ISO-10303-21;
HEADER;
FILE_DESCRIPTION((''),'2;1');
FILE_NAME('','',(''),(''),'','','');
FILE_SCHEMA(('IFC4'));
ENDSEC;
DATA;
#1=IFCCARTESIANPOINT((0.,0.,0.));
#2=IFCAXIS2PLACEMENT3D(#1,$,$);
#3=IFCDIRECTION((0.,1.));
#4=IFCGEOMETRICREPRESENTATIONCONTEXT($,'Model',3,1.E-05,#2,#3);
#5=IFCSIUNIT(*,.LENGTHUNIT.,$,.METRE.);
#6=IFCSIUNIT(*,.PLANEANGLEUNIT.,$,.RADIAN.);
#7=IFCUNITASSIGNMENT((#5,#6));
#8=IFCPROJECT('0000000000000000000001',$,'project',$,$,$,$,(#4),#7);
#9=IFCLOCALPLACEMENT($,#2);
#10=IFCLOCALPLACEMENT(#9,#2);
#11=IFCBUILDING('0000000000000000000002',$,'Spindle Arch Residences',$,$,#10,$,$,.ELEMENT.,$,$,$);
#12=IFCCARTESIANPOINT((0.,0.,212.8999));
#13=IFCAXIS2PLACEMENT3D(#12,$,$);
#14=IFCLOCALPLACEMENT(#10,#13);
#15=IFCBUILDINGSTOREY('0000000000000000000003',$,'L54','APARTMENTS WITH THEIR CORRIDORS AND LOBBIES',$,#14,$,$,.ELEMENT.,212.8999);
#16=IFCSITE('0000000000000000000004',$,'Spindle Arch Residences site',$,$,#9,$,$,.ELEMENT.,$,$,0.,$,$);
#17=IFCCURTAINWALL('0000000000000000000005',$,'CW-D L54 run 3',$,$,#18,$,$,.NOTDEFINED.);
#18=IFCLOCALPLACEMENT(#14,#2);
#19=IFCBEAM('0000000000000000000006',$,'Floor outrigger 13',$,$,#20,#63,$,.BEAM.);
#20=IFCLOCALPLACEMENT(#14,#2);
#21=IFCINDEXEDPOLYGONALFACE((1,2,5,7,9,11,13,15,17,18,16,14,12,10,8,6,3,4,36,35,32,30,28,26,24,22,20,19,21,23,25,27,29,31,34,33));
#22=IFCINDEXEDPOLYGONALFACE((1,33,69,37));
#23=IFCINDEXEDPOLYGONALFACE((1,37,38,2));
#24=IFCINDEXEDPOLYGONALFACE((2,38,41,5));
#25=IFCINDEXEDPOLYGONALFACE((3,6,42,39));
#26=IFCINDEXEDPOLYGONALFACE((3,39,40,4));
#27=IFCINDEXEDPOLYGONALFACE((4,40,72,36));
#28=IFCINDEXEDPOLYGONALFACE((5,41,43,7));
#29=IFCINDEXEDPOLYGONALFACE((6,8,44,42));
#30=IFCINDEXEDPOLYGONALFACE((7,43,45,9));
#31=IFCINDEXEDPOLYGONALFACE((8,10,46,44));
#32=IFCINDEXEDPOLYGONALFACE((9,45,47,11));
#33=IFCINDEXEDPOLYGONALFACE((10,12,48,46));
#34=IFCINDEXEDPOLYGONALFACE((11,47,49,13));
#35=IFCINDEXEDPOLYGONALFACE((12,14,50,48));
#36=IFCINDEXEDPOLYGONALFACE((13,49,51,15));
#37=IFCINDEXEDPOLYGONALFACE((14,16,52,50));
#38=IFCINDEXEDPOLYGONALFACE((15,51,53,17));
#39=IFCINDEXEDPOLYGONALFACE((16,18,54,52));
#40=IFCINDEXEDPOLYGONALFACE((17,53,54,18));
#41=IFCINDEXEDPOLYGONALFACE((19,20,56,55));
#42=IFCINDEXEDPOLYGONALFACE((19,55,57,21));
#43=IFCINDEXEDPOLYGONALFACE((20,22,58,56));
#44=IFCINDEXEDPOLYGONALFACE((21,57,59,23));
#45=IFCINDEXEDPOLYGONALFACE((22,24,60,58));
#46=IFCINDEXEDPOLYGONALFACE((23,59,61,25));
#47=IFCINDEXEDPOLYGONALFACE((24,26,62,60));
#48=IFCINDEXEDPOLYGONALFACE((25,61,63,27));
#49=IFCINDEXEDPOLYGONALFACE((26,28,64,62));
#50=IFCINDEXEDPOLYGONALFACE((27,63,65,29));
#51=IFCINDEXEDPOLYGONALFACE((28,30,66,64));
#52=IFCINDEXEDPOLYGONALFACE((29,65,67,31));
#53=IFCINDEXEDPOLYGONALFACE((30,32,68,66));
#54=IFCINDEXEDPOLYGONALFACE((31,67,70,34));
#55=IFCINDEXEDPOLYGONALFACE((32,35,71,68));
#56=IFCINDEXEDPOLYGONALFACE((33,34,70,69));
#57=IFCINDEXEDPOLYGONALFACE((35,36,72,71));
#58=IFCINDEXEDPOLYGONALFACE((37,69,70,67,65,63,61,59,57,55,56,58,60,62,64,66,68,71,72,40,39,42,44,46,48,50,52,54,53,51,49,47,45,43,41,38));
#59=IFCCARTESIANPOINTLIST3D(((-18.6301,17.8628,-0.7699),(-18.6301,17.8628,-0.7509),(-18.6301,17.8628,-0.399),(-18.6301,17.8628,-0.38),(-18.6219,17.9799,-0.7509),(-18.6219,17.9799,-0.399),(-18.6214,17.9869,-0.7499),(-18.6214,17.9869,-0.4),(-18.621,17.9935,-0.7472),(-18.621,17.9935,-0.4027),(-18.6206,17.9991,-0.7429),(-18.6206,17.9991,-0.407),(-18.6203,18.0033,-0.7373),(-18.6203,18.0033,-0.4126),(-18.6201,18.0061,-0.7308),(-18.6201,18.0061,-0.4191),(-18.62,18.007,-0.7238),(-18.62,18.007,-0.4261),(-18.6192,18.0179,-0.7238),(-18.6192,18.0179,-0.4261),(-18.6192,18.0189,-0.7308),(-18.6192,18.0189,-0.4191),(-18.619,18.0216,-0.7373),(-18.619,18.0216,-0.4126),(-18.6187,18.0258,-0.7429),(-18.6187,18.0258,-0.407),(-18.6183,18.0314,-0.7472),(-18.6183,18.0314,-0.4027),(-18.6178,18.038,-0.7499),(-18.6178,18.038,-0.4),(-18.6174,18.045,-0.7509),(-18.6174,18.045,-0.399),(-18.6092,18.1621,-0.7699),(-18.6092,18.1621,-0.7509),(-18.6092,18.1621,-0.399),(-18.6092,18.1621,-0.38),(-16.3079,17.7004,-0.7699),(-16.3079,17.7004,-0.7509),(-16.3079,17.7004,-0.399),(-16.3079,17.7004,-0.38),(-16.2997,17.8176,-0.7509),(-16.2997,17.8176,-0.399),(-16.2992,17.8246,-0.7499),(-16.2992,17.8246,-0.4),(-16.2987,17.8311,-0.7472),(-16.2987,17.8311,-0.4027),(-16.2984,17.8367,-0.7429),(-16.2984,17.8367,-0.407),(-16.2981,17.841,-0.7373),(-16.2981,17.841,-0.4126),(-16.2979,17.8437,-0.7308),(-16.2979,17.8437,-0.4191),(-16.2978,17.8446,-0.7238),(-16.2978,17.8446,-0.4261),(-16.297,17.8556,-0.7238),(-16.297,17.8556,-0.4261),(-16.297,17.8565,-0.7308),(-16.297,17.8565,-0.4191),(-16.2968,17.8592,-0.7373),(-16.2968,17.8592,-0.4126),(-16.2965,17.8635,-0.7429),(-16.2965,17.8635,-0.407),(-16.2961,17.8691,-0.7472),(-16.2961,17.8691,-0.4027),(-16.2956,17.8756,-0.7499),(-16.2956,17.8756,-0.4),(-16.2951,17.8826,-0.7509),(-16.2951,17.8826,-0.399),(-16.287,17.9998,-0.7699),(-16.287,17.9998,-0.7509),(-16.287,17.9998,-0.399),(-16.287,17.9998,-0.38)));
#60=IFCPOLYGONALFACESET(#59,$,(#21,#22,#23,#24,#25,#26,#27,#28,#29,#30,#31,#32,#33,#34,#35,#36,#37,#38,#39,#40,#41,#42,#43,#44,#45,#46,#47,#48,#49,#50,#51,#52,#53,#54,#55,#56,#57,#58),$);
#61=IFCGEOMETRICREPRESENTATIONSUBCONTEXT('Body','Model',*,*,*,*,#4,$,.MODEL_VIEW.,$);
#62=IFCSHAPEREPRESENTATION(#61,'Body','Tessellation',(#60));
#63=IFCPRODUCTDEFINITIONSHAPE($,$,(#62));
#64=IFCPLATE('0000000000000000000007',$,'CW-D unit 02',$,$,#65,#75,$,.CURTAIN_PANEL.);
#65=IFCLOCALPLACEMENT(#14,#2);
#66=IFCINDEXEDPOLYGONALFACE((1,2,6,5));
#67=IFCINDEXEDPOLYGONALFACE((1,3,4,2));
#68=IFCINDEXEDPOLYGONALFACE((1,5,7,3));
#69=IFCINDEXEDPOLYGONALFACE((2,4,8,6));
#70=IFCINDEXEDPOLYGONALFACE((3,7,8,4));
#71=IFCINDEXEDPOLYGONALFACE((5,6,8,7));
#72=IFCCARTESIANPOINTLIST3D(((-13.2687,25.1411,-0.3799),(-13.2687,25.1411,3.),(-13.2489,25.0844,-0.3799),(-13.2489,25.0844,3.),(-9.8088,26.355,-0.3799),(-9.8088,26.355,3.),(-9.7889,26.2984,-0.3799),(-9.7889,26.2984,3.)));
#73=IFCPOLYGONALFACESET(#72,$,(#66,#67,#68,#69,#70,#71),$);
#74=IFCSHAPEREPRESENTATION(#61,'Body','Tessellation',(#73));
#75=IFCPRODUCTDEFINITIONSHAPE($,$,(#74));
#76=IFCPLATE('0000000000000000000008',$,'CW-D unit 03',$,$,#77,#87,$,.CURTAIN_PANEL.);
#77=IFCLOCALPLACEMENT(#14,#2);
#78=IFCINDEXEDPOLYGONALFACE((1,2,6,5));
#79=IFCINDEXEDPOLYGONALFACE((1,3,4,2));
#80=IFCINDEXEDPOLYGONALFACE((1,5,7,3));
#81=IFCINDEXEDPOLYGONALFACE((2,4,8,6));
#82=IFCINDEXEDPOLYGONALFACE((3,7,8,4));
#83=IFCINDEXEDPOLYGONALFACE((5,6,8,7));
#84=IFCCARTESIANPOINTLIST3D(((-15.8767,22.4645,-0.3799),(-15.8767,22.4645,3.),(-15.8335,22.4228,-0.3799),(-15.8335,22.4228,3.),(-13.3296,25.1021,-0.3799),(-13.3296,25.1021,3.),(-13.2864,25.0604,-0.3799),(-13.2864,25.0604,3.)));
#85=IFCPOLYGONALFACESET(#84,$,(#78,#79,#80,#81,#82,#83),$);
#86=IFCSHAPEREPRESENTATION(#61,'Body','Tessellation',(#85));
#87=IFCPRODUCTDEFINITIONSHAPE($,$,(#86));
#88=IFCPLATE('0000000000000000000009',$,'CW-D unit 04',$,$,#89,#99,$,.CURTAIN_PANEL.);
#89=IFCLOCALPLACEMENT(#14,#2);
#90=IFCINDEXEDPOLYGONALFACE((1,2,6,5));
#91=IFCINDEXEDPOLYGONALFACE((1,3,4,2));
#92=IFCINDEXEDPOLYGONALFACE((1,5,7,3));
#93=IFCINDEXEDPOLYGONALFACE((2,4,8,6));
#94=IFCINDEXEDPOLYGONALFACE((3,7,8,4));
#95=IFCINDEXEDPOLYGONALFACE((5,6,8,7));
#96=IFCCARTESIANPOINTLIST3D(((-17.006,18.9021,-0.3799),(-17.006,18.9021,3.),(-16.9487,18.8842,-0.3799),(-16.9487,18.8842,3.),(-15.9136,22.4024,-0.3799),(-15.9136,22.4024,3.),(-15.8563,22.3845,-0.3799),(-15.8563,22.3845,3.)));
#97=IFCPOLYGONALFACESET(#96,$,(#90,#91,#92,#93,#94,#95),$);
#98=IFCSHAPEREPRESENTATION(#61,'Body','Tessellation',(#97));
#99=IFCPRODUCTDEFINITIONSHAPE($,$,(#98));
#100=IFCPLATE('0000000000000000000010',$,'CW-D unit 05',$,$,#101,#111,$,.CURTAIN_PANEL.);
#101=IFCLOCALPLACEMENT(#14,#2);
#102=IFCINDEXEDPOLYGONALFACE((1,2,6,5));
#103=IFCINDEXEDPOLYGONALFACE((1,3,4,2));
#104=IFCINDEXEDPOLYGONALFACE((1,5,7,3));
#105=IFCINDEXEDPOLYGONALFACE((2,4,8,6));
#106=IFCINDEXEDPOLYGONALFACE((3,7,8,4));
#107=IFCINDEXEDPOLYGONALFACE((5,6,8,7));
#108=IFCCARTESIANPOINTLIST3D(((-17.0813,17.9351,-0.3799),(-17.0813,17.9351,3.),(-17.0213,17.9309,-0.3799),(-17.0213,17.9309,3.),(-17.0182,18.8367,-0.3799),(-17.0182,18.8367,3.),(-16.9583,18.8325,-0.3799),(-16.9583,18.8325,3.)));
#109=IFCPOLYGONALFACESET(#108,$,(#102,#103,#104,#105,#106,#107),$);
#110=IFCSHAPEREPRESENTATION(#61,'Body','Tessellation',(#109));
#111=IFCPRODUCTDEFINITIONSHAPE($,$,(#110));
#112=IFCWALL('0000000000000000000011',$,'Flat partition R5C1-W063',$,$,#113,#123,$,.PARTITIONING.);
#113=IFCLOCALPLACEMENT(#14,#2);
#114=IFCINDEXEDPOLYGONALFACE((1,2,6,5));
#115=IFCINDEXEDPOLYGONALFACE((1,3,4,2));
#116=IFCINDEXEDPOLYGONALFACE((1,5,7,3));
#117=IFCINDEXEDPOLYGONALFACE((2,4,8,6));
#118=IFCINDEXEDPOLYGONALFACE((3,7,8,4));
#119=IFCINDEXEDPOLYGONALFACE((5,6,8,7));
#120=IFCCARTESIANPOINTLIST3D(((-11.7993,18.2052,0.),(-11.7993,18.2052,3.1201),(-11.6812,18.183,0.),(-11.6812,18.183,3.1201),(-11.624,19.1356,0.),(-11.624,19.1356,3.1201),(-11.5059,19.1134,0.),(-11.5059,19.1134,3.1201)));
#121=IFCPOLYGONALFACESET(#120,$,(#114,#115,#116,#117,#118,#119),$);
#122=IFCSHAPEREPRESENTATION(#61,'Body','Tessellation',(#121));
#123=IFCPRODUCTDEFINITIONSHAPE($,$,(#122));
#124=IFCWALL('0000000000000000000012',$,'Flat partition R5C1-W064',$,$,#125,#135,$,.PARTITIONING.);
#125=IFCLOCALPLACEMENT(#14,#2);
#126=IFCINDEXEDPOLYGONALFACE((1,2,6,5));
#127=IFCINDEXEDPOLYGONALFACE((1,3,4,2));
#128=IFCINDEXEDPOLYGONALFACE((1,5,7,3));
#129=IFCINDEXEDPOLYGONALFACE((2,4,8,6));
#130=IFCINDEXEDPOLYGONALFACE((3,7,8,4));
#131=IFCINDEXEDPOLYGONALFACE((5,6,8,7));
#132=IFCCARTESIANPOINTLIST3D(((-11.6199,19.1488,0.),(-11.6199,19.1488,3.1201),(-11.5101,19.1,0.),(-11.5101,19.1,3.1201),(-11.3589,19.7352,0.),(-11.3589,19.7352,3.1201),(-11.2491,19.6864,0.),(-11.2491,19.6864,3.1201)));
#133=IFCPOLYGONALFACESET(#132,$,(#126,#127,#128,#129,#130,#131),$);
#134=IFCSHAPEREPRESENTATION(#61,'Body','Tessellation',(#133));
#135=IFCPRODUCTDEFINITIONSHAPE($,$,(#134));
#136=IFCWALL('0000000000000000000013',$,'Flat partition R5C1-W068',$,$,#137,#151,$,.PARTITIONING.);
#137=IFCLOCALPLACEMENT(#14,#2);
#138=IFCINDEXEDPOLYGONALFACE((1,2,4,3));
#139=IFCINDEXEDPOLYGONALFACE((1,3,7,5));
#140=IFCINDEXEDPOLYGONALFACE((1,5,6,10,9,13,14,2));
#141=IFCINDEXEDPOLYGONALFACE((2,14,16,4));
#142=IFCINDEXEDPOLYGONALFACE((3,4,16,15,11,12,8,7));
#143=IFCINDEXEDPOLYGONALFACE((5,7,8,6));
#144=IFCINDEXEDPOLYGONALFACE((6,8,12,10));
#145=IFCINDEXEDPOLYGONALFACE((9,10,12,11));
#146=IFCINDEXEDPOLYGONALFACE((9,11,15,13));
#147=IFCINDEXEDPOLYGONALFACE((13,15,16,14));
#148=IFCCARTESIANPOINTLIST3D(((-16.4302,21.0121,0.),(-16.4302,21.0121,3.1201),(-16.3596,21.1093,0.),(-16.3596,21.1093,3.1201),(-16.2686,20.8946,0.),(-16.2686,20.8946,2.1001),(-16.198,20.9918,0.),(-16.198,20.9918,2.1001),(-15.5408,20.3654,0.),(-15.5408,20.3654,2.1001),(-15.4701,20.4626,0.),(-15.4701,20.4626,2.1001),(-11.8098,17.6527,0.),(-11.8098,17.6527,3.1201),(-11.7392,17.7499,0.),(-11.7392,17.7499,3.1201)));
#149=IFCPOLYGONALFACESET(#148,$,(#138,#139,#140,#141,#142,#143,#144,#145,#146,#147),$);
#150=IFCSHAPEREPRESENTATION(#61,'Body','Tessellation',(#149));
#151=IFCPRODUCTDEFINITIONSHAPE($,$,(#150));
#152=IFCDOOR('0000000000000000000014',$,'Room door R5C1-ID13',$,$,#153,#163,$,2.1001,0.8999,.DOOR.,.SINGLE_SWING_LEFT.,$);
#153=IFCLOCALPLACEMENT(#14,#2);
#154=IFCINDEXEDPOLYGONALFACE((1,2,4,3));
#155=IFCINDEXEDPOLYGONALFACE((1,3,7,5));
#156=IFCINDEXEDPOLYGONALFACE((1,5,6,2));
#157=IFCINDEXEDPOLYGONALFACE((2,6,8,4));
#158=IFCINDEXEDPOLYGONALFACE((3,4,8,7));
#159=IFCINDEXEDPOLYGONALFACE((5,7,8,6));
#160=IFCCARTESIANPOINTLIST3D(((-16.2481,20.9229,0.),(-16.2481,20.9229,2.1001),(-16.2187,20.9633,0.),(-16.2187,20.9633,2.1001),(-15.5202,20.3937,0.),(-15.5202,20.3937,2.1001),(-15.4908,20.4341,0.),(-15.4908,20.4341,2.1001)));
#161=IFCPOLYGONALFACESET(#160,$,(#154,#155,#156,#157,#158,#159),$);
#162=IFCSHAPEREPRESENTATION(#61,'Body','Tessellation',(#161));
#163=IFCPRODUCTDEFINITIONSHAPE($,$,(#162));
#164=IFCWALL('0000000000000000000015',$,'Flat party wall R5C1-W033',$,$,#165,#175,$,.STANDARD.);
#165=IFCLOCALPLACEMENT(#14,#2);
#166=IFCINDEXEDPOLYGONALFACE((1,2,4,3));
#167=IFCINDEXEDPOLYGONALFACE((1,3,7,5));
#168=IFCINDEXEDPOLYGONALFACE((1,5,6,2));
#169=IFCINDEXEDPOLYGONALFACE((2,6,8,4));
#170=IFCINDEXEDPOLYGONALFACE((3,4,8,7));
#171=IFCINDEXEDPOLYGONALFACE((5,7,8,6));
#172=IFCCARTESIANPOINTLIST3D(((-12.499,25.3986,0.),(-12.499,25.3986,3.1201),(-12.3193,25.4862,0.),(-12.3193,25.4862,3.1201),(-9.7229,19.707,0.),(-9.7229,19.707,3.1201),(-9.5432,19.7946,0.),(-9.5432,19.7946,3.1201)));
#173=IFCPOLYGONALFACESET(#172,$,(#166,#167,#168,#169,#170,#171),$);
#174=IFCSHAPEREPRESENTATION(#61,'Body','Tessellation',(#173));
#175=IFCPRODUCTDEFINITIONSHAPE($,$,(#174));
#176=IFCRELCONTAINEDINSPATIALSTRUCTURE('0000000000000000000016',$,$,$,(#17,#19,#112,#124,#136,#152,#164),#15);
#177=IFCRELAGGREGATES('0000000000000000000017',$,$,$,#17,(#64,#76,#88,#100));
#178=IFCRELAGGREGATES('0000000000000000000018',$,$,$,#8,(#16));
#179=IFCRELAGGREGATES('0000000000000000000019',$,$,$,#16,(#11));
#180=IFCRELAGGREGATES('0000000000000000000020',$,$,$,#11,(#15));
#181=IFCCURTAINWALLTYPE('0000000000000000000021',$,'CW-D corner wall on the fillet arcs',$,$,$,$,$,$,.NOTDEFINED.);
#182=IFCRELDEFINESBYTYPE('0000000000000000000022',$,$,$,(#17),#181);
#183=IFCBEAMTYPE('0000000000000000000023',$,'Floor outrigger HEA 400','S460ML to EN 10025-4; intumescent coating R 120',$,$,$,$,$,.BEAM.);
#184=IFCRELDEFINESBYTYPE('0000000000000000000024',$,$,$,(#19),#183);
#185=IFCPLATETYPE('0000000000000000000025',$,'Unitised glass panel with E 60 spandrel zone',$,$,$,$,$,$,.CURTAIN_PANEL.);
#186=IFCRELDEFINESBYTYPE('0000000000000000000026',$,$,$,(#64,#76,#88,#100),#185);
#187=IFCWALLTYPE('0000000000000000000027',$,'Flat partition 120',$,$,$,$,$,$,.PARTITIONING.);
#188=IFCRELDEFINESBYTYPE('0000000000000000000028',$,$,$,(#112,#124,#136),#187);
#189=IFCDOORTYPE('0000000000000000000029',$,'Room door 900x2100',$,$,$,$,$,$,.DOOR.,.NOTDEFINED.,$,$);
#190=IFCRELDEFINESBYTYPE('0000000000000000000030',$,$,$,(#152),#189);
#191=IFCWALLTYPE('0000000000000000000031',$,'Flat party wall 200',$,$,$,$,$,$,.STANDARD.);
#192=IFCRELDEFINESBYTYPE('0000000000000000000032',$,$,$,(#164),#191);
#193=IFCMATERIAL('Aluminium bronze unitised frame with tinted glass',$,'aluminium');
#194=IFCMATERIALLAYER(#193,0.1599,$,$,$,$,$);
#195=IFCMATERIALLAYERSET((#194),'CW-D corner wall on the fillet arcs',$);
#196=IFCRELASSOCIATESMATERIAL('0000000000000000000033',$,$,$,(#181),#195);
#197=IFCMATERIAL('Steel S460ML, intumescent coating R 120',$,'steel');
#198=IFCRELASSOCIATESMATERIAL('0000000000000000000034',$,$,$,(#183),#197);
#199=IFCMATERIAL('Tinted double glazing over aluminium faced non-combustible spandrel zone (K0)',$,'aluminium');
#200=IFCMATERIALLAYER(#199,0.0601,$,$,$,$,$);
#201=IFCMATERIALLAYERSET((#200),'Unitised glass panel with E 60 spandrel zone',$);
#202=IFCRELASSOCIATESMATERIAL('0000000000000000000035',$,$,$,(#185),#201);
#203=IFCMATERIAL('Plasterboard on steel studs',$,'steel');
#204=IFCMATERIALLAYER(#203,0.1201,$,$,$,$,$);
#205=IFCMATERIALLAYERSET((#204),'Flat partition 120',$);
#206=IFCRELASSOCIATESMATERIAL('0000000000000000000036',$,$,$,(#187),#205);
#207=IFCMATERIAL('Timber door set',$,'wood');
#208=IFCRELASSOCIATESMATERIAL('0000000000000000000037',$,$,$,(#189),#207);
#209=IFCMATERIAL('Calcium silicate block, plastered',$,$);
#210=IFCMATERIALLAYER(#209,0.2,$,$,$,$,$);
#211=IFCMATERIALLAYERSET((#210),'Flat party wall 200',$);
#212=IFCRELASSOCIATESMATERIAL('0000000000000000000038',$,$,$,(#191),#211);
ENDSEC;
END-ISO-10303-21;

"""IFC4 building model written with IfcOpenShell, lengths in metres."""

from ifc_helpers import new_model, si_unit, direction, frame, frame_2d, origin, origin_2d, place, context, subcontext, project, spatial, rectangle, i_section, extrude, material, layer, layer_set, material_profile, profile_set, type_object, element, fill, aggregate, save


model = new_model("IFC4")

# Units and contexts
model_context = context("Model", 3, precision=1e-05, world=origin(), true_north=direction((0.0, 1.0)))
body_context = subcontext(model_context, "Body", "Model", "MODEL_VIEW")
ifc_project = project(units=[si_unit("LENGTHUNIT", "METRE"), si_unit("PLANEANGLEUNIT", "RADIAN")], contexts=[model_context])

# Site, building, storey
site_placement = place(None, origin())
site = spatial("IfcSite", under=ifc_project, at=site_placement, Name="Spindle Arch Residences site", CompositionType="ELEMENT", RefElevation=0.0)
building_placement = place(site_placement, origin())
building = spatial("IfcBuilding", under=site, at=building_placement, Name="Spindle Arch Residences", CompositionType="ELEMENT")
storey_placement = place(building_placement, frame((0.0, 0.0, 212.8999)))
storey = spatial("IfcBuildingStorey", under=building, at=storey_placement, Name="L54", Description="APARTMENTS WITH THEIR CORRIDORS AND LOBBIES", CompositionType="ELEMENT", Elevation=212.8999)

# Curtain wall
ifc_material_1 = material(Name="Aluminium bronze unitised frame with tinted glass", Category="aluminium")
ifc_layer_1 = layer(ifc_material_1, 0.1599)
ifc_layer_set_1 = layer_set([ifc_layer_1], Name="CW-D corner wall on the fillet arcs")
curtain_wall_type_1 = type_object("IfcCurtainWallType", Name="CW-D corner wall on the fillet arcs", PredefinedType="NOTDEFINED", material=ifc_layer_set_1)
curtain_wall_1_placement = place(storey_placement, origin())
curtain_wall_1 = element("IfcCurtainWall", 1, at=curtain_wall_1_placement, inside=storey, type_object=curtain_wall_type_1, Name="CW-D L54 run 3", PredefinedType="NOTDEFINED")

# Beam
ifc_material_2 = material(Name="Steel S460ML, intumescent coating R 120", Category="steel")
ifc_material_profile_1 = material_profile(ifc_material_2, i_section(OverallWidth=0.3, OverallDepth=0.3899, WebThickness=0.011, FlangeThickness=0.019, FilletRadius=0.0271, at=origin_2d()), Name="HEA 400")
ifc_profile_set_1 = profile_set([ifc_material_profile_1], Name="Steel S460ML, intumescent coating R 120")
beam_type_1 = type_object("IfcBeamType", Name="Floor outrigger HEA 400", Description="S460ML to EN 10025-4; intumescent coating R 120", PredefinedType="BEAM", material=ifc_profile_set_1)
beam_1_placement = place(storey_placement, frame((-18.6196, 18.0125, -0.575), z_axis=(0.997565, -0.069741, 0.0), x_axis=(0.069741, 0.997565, 0.0)))
element("IfcBeam", 2, at=beam_1_placement, inside=storey, type_object=beam_type_1, Name="Floor outrigger 13", PredefinedType="BEAM", context=body_context, shape_type="SweptSolid", body=[
    extrude(i_section(OverallWidth=0.3, OverallDepth=0.3899, WebThickness=0.011, FlangeThickness=0.019, FilletRadius=0.0271, at=origin_2d()), origin(), (0.0, 0.0, 1.0), 2.3279),
])

# Plates
ifc_material_3 = material(Name="Tinted double glazing over aluminium faced non-combustible spandrel zone (K0)", Category="aluminium")
ifc_layer_2 = layer(ifc_material_3, 0.0601)
ifc_layer_set_2 = layer_set([ifc_layer_2], Name="Unitised glass panel with E 60 spandrel zone")
plate_type = type_object("IfcPlateType", Name="Unitised glass panel with E 60 spandrel zone", PredefinedType="CURTAIN_PANEL", material=ifc_layer_set_2)
plate_1_placement = place(storey_placement, frame((-11.5288, 25.7197, -0.3799), z_axis=(0.0, 0.0, 1.0), x_axis=(-0.943609, -0.331063, 0.0)))
plate_1 = element("IfcPlate", 3, at=plate_1_placement, type_object=plate_type, Name="CW-D unit 02", PredefinedType="CURTAIN_PANEL", context=body_context, shape_type="SweptSolid", body=[
    extrude(rectangle(XDim=3.6667, YDim=0.0601, at=origin_2d()), origin(), (0.0, 0.0, 1.0), 3.3799),
])
plate_2_placement = place(storey_placement, frame((-14.5815, 23.7625, -0.3799), z_axis=(0.0, 0.0, 1.0), x_axis=(-0.694658, -0.71934, 0.0)))
plate_2 = element("IfcPlate", 4, at=plate_2_placement, type_object=plate_type, Name="CW-D unit 03", PredefinedType="CURTAIN_PANEL", context=body_context, shape_type="SweptSolid", body=[
    extrude(rectangle(XDim=3.6667, YDim=0.0601, at=origin_2d()), origin(), (0.0, 0.0, 1.0), 3.3799),
])
plate_3_placement = place(storey_placement, frame((-16.4312, 20.6433, -0.3799), z_axis=(0.0, 0.0, 1.0), x_axis=(-0.29793, -0.954588, 0.0)))
plate_3 = element("IfcPlate", 5, at=plate_3_placement, type_object=plate_type, Name="CW-D unit 04", PredefinedType="CURTAIN_PANEL", context=body_context, shape_type="SweptSolid", body=[
    extrude(rectangle(XDim=3.6667, YDim=0.0601, at=origin_2d()), origin(), (0.0, 0.0, 1.0), 3.3799),
])
plate_4_placement = place(storey_placement, frame((-17.0198, 18.3838, -0.3799), z_axis=(0.0, 0.0, 1.0), x_axis=(-0.069756, -0.997564, 0.0)))
plate_4 = element("IfcPlate", 6, at=plate_4_placement, type_object=plate_type, Name="CW-D unit 05", PredefinedType="CURTAIN_PANEL", context=body_context, shape_type="SweptSolid", body=[
    extrude(rectangle(XDim=0.9038, YDim=0.0601, at=origin_2d()), origin(), (0.0, 0.0, 1.0), 3.3799),
])
aggregate(curtain_wall_1, [plate_1, plate_2, plate_3, plate_4])

# Walls
ifc_material_4 = material(Name="Plasterboard on steel studs", Category="steel")
ifc_layer_3 = layer(ifc_material_4, 0.1201)
ifc_layer_set_3 = layer_set([ifc_layer_3], Name="Flat partition 120")
wall_type_1 = type_object("IfcWallType", Name="Flat partition 120", PredefinedType="PARTITIONING", material=ifc_layer_set_3)
wall_1_placement = place(storey_placement, frame((-11.7402, 18.1941, 0.0), z_axis=(0.0, 0.0, 1.0), x_axis=(0.185145, 0.982711, 0.0)))
element("IfcWall", 7, at=wall_1_placement, inside=storey, type_object=wall_type_1, Name="Flat partition R5C1-W063", PredefinedType="PARTITIONING", context=body_context, shape_type="SweptSolid", body=[
    extrude(rectangle(XDim=0.9468, YDim=0.1201, at=frame_2d((0.4734, 0.0))), origin(), (0.0, 0.0, 1.0), 3.1201),
])
wall_2_placement = place(storey_placement, frame((-11.5649, 19.1245, 0.0), z_axis=(0.0, 0.0, 1.0), x_axis=(0.406597, 0.913608, 0.0)))
element("IfcWall", 8, at=wall_2_placement, inside=storey, type_object=wall_type_1, Name="Flat partition R5C1-W064", PredefinedType="PARTITIONING", context=body_context, shape_type="SweptSolid", body=[
    extrude(rectangle(XDim=0.6418, YDim=0.1201, at=frame_2d((0.3208, 0.0))), origin(), (0.0, 0.0, 1.0), 3.1201),
])

# Wall, opening, door
wall_3_placement = place(storey_placement, frame((-16.395, 21.0608, 0.0), z_axis=(0.0, 0.0, 1.0), x_axis=(0.80881, -0.58807, 0.0)))
wall_3 = element("IfcWall", 9, at=wall_3_placement, inside=storey, type_object=wall_type_1, Name="Flat partition R5C1-W068", PredefinedType="PARTITIONING", context=body_context, shape_type="SweptSolid", body=[
    extrude(rectangle(XDim=5.7126, YDim=0.1201, at=frame_2d((2.8564, 0.0))), origin(), (0.0, 0.0, 1.0), 3.1201),
])
opening_placement = place(wall_3_placement, frame((0.2, 0.0, 0.0)))
opening = element("IfcOpeningElement", 10, at=opening_placement, cuts=wall_3, PredefinedType="OPENING", context=body_context, shape_type="SweptSolid", body=[
    extrude(rectangle(XDim=0.8999, YDim=2.1001, at=frame_2d((0.45, 1.05))), frame((0.0, 0.0701, 0.0), z_axis=(0.0, -1.0, 0.0), x_axis=(1.0, 0.0, 0.0)), (0.0, 0.0, 1.0), 0.1401),
])
ifc_material_5 = material(Name="Timber door set", Category="wood")
door_type = type_object("IfcDoorType", Name="Room door 900x2100", OperationType="NOTDEFINED", PredefinedType="DOOR", material=ifc_material_5)
door_placement = place(opening_placement, origin())
door = element("IfcDoor", 11, at=door_placement, inside=storey, type_object=door_type, Name="Room door R5C1-ID13", OperationType="SINGLE_SWING_LEFT", OverallHeight=2.1001, OverallWidth=0.8999, PredefinedType="DOOR", context=body_context, shape_type="SweptSolid", body=[
    extrude(rectangle(XDim=0.8999, YDim=2.1001, at=frame_2d((0.45, 1.05))), frame((0.0, 0.0249, 0.0), z_axis=(0.0, -1.0, 0.0), x_axis=(1.0, 0.0, 0.0)), (0.0, 0.0, 1.0), 0.05),
])
fill(opening, door)

# Wall
ifc_material_6 = material(Name="Calcium silicate block, plastered")
ifc_layer_4 = layer(ifc_material_6, 0.2)
ifc_layer_set_4 = layer_set([ifc_layer_4], Name="Flat party wall 200")
wall_type_2 = type_object("IfcWallType", Name="Flat party wall 200", PredefinedType="STANDARD", material=ifc_layer_set_4)
wall_4_placement = place(storey_placement, frame((-12.4092, 25.4424, 0.0), z_axis=(0.0, 0.0, 1.0), x_axis=(0.438386, -0.898787, 0.0)))
element("IfcWall", 12, at=wall_4_placement, inside=storey, type_object=wall_type_2, Name="Flat party wall R5C1-W033", PredefinedType="STANDARD", context=body_context, shape_type="SweptSolid", body=[
    extrude(rectangle(XDim=6.3325, YDim=0.2, at=frame_2d((3.1663, 0.0))), origin(), (0.0, 0.0, 1.0), 3.1201),
])

save(model, "model.ifc")
